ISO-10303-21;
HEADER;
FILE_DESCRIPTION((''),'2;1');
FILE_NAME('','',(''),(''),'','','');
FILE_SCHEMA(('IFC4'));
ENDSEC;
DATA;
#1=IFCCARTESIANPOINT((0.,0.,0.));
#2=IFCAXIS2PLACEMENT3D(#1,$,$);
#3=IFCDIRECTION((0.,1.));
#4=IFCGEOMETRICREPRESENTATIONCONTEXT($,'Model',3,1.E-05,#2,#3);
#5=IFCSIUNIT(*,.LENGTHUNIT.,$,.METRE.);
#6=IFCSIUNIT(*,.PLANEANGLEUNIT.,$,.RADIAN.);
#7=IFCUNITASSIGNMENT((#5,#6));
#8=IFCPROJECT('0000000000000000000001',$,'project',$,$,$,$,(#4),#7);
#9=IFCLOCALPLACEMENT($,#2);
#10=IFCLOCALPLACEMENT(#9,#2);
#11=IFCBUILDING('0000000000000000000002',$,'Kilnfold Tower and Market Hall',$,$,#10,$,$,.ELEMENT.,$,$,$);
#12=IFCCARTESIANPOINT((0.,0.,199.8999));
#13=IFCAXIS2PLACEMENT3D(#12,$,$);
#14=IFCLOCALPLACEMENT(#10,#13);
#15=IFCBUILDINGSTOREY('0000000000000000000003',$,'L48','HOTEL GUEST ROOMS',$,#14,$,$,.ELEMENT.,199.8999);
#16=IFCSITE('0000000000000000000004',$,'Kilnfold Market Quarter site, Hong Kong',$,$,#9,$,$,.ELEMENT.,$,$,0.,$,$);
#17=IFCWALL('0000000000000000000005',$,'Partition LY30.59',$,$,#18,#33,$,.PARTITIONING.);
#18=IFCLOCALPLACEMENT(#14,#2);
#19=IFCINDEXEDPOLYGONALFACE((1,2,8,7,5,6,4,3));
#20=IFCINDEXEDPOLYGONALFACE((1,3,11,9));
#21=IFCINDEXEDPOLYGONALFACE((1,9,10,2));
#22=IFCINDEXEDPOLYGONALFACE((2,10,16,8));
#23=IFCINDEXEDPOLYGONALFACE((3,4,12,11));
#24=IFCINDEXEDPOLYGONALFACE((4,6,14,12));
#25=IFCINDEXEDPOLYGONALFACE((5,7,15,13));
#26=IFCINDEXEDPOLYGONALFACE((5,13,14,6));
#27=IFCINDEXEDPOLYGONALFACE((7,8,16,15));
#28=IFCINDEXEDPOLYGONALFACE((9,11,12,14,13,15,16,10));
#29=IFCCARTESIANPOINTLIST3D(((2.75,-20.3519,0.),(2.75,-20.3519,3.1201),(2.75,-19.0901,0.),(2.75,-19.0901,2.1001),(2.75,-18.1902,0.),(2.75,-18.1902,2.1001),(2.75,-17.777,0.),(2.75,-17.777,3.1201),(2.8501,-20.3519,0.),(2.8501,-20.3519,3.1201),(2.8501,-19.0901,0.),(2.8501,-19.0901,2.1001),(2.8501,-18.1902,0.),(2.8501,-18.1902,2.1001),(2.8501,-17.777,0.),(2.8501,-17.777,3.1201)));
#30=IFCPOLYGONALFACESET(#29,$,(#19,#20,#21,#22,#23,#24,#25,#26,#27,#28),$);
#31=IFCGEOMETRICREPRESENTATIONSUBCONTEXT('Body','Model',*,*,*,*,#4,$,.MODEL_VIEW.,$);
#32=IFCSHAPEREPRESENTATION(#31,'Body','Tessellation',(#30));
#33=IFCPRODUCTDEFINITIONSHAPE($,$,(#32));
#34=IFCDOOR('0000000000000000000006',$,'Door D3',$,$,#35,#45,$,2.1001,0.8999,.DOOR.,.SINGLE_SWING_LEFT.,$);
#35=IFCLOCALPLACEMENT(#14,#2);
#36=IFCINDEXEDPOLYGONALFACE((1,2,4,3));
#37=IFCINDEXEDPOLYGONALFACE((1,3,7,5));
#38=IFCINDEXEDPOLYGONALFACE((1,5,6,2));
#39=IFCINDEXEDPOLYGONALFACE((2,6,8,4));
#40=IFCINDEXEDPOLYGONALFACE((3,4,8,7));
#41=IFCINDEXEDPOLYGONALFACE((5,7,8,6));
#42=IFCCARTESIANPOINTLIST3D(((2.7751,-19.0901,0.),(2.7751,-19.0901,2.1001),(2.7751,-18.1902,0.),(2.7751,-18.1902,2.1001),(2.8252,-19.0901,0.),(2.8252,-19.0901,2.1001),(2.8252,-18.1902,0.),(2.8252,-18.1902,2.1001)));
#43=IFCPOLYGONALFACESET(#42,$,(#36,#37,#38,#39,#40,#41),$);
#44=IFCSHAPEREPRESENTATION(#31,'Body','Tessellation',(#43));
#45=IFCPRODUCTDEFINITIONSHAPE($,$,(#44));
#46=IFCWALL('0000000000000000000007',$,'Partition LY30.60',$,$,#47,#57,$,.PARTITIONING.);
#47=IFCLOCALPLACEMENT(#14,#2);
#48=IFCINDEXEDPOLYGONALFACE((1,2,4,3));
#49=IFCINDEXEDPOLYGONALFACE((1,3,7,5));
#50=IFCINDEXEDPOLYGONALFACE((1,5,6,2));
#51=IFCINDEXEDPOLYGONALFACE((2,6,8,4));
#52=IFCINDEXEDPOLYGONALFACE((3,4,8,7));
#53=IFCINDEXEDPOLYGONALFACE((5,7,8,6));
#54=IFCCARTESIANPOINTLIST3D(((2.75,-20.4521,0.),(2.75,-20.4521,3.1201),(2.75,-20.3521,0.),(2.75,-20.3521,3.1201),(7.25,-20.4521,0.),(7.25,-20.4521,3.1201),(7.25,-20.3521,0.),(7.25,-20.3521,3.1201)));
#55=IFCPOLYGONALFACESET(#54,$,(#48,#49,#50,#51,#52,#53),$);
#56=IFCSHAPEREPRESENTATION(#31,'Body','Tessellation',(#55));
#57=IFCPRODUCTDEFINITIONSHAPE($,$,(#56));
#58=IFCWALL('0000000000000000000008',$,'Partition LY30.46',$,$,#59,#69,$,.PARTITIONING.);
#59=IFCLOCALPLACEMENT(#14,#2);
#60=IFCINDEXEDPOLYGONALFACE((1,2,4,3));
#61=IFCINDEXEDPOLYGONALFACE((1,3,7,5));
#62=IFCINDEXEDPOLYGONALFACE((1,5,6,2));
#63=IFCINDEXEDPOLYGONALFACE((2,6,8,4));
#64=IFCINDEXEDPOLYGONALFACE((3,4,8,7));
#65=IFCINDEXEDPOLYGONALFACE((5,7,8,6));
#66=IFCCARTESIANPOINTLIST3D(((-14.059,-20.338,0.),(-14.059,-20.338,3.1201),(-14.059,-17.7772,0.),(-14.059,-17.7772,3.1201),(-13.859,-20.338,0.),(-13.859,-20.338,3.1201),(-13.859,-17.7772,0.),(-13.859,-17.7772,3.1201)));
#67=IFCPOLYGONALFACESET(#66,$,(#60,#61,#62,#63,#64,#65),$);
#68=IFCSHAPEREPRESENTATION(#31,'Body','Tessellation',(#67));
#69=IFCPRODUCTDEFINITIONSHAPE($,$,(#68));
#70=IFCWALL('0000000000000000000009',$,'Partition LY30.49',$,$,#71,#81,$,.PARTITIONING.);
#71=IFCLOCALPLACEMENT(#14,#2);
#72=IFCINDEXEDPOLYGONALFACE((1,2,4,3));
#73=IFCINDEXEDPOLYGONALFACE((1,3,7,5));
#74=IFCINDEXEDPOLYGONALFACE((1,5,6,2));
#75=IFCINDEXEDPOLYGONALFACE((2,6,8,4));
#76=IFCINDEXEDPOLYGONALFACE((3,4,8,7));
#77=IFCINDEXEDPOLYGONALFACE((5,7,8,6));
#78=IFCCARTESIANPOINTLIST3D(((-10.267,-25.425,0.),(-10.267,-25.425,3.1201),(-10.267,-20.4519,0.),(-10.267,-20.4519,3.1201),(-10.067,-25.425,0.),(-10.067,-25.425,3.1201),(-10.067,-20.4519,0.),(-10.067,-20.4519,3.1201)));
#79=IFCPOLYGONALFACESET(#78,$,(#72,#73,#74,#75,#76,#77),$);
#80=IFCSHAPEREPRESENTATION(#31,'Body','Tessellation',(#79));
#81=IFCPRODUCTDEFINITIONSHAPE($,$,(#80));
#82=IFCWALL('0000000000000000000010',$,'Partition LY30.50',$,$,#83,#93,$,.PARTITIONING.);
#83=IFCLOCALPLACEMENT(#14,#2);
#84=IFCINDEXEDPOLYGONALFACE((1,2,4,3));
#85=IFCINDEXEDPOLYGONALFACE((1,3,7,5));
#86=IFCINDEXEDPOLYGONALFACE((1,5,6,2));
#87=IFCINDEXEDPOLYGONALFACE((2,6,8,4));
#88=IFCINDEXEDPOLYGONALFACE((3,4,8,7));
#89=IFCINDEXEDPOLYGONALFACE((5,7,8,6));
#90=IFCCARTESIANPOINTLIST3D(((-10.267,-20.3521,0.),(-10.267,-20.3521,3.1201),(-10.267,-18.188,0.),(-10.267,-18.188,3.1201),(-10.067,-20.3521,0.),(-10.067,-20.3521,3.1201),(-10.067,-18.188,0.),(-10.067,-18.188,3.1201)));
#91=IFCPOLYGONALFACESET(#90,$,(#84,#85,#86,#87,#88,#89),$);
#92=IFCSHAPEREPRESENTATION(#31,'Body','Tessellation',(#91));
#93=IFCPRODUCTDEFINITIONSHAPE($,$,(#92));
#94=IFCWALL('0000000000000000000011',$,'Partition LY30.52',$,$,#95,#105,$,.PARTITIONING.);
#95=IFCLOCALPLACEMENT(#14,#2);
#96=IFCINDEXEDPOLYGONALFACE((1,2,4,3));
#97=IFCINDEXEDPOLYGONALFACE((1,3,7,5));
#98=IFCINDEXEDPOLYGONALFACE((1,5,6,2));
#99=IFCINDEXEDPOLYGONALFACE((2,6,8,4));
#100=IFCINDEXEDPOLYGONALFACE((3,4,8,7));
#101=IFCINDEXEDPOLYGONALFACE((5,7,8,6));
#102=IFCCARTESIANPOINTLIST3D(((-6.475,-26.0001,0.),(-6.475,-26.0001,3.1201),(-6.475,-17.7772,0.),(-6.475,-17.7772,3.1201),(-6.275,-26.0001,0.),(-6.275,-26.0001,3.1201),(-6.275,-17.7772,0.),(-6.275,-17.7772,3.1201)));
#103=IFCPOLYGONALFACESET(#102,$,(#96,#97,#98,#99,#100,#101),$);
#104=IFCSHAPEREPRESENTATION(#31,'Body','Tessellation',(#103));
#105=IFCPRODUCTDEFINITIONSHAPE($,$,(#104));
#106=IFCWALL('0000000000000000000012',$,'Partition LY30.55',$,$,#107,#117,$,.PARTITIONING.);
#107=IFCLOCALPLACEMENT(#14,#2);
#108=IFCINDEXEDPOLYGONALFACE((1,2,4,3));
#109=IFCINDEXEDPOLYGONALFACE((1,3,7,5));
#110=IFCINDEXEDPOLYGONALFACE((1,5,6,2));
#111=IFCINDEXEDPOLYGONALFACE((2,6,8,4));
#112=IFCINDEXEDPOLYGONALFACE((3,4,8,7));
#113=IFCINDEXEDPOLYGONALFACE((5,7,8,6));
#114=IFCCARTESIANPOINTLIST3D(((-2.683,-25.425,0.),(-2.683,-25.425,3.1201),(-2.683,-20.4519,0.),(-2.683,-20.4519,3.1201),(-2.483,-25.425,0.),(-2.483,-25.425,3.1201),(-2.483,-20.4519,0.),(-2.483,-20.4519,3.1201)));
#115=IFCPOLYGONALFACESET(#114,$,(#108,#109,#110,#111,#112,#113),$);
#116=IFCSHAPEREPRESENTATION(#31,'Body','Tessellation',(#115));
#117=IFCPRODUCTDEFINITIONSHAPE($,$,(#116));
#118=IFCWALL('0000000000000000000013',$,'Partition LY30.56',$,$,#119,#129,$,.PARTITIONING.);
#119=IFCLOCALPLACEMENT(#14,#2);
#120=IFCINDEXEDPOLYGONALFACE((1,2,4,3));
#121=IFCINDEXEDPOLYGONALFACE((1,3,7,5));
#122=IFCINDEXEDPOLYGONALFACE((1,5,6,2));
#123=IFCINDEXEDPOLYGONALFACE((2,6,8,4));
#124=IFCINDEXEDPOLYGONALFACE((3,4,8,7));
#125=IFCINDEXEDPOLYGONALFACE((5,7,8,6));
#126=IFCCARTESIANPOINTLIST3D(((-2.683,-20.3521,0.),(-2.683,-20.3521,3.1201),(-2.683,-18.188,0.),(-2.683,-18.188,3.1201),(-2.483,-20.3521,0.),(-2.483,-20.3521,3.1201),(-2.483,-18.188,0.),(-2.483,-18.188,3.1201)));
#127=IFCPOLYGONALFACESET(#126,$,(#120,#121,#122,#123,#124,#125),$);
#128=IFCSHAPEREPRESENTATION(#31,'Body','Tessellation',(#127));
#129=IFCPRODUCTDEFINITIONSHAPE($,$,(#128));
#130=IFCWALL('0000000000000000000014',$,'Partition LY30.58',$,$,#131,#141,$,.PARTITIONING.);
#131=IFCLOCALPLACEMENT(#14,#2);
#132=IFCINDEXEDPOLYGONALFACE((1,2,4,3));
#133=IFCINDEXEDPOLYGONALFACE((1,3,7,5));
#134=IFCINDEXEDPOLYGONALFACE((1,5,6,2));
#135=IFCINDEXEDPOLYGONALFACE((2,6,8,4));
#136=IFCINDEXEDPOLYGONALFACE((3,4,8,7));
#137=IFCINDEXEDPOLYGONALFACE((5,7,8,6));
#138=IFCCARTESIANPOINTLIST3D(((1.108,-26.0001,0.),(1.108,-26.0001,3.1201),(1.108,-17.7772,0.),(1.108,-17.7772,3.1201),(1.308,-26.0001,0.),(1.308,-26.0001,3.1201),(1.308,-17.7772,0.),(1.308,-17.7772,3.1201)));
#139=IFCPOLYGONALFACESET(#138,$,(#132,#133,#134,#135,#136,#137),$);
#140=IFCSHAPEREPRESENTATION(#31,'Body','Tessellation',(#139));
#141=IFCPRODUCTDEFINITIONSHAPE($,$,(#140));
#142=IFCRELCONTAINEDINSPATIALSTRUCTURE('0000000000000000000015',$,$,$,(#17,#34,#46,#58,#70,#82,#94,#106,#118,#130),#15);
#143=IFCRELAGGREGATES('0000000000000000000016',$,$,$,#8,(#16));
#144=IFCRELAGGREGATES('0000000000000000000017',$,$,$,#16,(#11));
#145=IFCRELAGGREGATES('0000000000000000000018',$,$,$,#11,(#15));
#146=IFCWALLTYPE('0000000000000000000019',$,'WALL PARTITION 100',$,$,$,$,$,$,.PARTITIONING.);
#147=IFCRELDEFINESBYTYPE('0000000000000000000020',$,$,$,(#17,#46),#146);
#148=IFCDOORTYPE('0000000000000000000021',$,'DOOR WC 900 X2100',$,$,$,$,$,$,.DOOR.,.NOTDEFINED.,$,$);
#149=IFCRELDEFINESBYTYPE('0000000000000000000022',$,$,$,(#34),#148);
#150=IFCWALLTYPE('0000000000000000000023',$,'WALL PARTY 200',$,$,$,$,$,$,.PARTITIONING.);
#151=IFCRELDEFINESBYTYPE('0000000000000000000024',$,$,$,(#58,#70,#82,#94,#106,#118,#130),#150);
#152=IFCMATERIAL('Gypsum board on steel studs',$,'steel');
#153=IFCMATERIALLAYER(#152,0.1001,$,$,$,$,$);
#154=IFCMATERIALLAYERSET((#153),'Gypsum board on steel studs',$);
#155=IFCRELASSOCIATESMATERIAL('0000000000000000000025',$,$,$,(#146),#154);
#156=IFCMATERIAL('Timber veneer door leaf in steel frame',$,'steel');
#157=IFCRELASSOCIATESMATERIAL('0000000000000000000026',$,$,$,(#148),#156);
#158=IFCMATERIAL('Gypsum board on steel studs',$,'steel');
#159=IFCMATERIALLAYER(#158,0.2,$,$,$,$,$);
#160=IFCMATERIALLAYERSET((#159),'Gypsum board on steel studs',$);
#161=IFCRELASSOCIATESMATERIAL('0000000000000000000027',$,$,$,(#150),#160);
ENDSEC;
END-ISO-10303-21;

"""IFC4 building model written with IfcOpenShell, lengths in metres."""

from ifc_helpers import new_model, si_unit, direction, frame, frame_2d, origin, place, context, subcontext, project, spatial, rectangle, extrude, material, layer, layer_set, type_object, element, fill, save


model = new_model("IFC4")

# Units and contexts
model_context = context("Model", 3, precision=1e-05, world=origin(), true_north=direction((0.0, 1.0)))
body_context = subcontext(model_context, "Body", "Model", "MODEL_VIEW")
ifc_project = project(units=[si_unit("LENGTHUNIT", "METRE"), si_unit("PLANEANGLEUNIT", "RADIAN")], contexts=[model_context])

# Site, building, storey
site_placement = place(None, origin())
site = spatial("IfcSite", under=ifc_project, at=site_placement, Name="Kilnfold Market Quarter site, Hong Kong", CompositionType="ELEMENT", RefElevation=0.0)
building_placement = place(site_placement, origin())
building = spatial("IfcBuilding", under=site, at=building_placement, Name="Kilnfold Tower and Market Hall", CompositionType="ELEMENT")
storey_placement = place(building_placement, frame((0.0, 0.0, 199.8999)))
storey = spatial("IfcBuildingStorey", under=building, at=storey_placement, Name="L48", Description="HOTEL GUEST ROOMS", CompositionType="ELEMENT", Elevation=199.8999)

# Shared definitions
ifc_material_1 = material(Name="Gypsum board on steel studs", Category="steel")
ifc_layer_1 = layer(ifc_material_1, 0.1001)
ifc_layer_set_1 = layer_set([ifc_layer_1], Name="Gypsum board on steel studs")
wall_type_1 = type_object("IfcWallType", Name="WALL PARTITION 100", PredefinedType="PARTITIONING", material=ifc_layer_set_1)
ifc_material_2 = material(Name="Timber veneer door leaf in steel frame", Category="steel")
door_type = type_object("IfcDoorType", Name="DOOR WC 900 X2100", OperationType="NOTDEFINED", PredefinedType="DOOR", material=ifc_material_2)

# Wall, opening, door
wall_1_placement = place(storey_placement, frame((2.8, -20.3521, 0.0), z_axis=(0.0, 0.0, 1.0), x_axis=(0.0, 1.0, 0.0)))
wall_1 = element("IfcWall", 1, at=wall_1_placement, inside=storey, type_object=wall_type_1, Name="Partition LY30.59", PredefinedType="PARTITIONING", context=body_context, shape_type="SweptSolid", body=[
    extrude(rectangle(XDim=2.575, YDim=0.1001, at=frame_2d((1.2876, 0.0))), origin(), (0.0, 0.0, 1.0), 3.1201),
])
opening_1_placement = place(wall_1_placement, frame((1.262, 0.0, 0.0)))
opening_1 = element("IfcOpeningElement", 2, at=opening_1_placement, cuts=wall_1, PredefinedType="OPENING", context=body_context, shape_type="SweptSolid", body=[
    extrude(rectangle(XDim=0.8999, YDim=2.1001, at=frame_2d((0.45, 1.05))), frame((0.0, 0.0601, 0.0), z_axis=(0.0, -1.0, 0.0), x_axis=(1.0, 0.0, 0.0)), (0.0, 0.0, 1.0), 0.1201),
])
door_1_placement = place(opening_1_placement, origin())
door_1 = element("IfcDoor", 3, at=door_1_placement, inside=storey, type_object=door_type, Name="Door D3", OperationType="SINGLE_SWING_LEFT", OverallHeight=2.1001, OverallWidth=0.8999, PredefinedType="DOOR", context=body_context, shape_type="SweptSolid", body=[
    extrude(rectangle(XDim=0.8999, YDim=2.1001, at=frame_2d((0.45, 1.05))), frame((0.0, 0.0249, 0.0), z_axis=(0.0, -1.0, 0.0), x_axis=(1.0, 0.0, 0.0)), (0.0, 0.0, 1.0), 0.05),
])
fill(opening_1, door_1)

# Walls
wall_2_placement = place(storey_placement, frame((2.75, -20.4021, 0.0), z_axis=(0.0, 0.0, 1.0), x_axis=(1.0, 0.0, 0.0)))
element("IfcWall", 4, at=wall_2_placement, inside=storey, type_object=wall_type_1, Name="Partition LY30.60", PredefinedType="PARTITIONING", context=body_context, shape_type="SweptSolid", body=[
    extrude(rectangle(XDim=4.5, YDim=0.1001, at=frame_2d((2.25, 0.0))), origin(), (0.0, 0.0, 1.0), 3.1201),
])
ifc_material_3 = material(Name="Gypsum board on steel studs", Category="steel")
ifc_layer_2 = layer(ifc_material_3, 0.2)
ifc_layer_set_2 = layer_set([ifc_layer_2], Name="Gypsum board on steel studs")
wall_type_2 = type_object("IfcWallType", Name="WALL PARTY 200", PredefinedType="PARTITIONING", material=ifc_layer_set_2)
wall_3_placement = place(storey_placement, frame((-13.959, -20.3379, 0.0), z_axis=(0.0, 0.0, 1.0), x_axis=(0.0, 1.0, 0.0)))
element("IfcWall", 5, at=wall_3_placement, inside=storey, type_object=wall_type_2, Name="Partition LY30.46", PredefinedType="PARTITIONING", context=body_context, shape_type="SweptSolid", body=[
    extrude(rectangle(XDim=2.5608, YDim=0.2, at=frame_2d((1.2803, 0.0))), origin(), (0.0, 0.0, 1.0), 3.1201),
])
wall_4_placement = place(storey_placement, frame((-10.167, -25.425, 0.0), z_axis=(0.0, 0.0, 1.0), x_axis=(0.0, 1.0, 0.0)))
element("IfcWall", 6, at=wall_4_placement, inside=storey, type_object=wall_type_2, Name="Partition LY30.49", PredefinedType="PARTITIONING", context=body_context, shape_type="SweptSolid", body=[
    extrude(rectangle(XDim=4.9731, YDim=0.2, at=frame_2d((2.4866, 0.0))), origin(), (0.0, 0.0, 1.0), 3.1201),
])
wall_5_placement = place(storey_placement, frame((-10.167, -20.3521, 0.0), z_axis=(0.0, 0.0, 1.0), x_axis=(0.0, 1.0, 0.0)))
element("IfcWall", 7, at=wall_5_placement, inside=storey, type_object=wall_type_2, Name="Partition LY30.50", PredefinedType="PARTITIONING", context=body_context, shape_type="SweptSolid", body=[
    extrude(rectangle(XDim=2.1641, YDim=0.2, at=frame_2d((1.082, 0.0))), origin(), (0.0, 0.0, 1.0), 3.1201),
])
wall_6_placement = place(storey_placement, frame((-6.375, -26.0, 0.0), z_axis=(0.0, 0.0, 1.0), x_axis=(0.0, 1.0, 0.0)))
element("IfcWall", 8, at=wall_6_placement, inside=storey, type_object=wall_type_2, Name="Partition LY30.52", PredefinedType="PARTITIONING", context=body_context, shape_type="SweptSolid", body=[
    extrude(rectangle(XDim=8.2229, YDim=0.2, at=frame_2d((4.1113, 0.0))), origin(), (0.0, 0.0, 1.0), 3.1201),
])
wall_7_placement = place(storey_placement, frame((-2.583, -25.425, 0.0), z_axis=(0.0, 0.0, 1.0), x_axis=(0.0, 1.0, 0.0)))
element("IfcWall", 9, at=wall_7_placement, inside=storey, type_object=wall_type_2, Name="Partition LY30.55", PredefinedType="PARTITIONING", context=body_context, shape_type="SweptSolid", body=[
    extrude(rectangle(XDim=4.9731, YDim=0.2, at=frame_2d((2.4866, 0.0))), origin(), (0.0, 0.0, 1.0), 3.1201),
])
wall_8_placement = place(storey_placement, frame((-2.583, -20.3521, 0.0), z_axis=(0.0, 0.0, 1.0), x_axis=(0.0, 1.0, 0.0)))
element("IfcWall", 10, at=wall_8_placement, inside=storey, type_object=wall_type_2, Name="Partition LY30.56", PredefinedType="PARTITIONING", context=body_context, shape_type="SweptSolid", body=[
    extrude(rectangle(XDim=2.1641, YDim=0.2, at=frame_2d((1.082, 0.0))), origin(), (0.0, 0.0, 1.0), 3.1201),
])
wall_9_placement = place(storey_placement, frame((1.208, -26.0, 0.0), z_axis=(0.0, 0.0, 1.0), x_axis=(0.0, 1.0, 0.0)))
element("IfcWall", 11, at=wall_9_placement, inside=storey, type_object=wall_type_2, Name="Partition LY30.58", PredefinedType="PARTITIONING", context=body_context, shape_type="SweptSolid", body=[
    extrude(rectangle(XDim=8.2229, YDim=0.2, at=frame_2d((4.1113, 0.0))), origin(), (0.0, 0.0, 1.0), 3.1201),
])

save(model, "model.ifc")
